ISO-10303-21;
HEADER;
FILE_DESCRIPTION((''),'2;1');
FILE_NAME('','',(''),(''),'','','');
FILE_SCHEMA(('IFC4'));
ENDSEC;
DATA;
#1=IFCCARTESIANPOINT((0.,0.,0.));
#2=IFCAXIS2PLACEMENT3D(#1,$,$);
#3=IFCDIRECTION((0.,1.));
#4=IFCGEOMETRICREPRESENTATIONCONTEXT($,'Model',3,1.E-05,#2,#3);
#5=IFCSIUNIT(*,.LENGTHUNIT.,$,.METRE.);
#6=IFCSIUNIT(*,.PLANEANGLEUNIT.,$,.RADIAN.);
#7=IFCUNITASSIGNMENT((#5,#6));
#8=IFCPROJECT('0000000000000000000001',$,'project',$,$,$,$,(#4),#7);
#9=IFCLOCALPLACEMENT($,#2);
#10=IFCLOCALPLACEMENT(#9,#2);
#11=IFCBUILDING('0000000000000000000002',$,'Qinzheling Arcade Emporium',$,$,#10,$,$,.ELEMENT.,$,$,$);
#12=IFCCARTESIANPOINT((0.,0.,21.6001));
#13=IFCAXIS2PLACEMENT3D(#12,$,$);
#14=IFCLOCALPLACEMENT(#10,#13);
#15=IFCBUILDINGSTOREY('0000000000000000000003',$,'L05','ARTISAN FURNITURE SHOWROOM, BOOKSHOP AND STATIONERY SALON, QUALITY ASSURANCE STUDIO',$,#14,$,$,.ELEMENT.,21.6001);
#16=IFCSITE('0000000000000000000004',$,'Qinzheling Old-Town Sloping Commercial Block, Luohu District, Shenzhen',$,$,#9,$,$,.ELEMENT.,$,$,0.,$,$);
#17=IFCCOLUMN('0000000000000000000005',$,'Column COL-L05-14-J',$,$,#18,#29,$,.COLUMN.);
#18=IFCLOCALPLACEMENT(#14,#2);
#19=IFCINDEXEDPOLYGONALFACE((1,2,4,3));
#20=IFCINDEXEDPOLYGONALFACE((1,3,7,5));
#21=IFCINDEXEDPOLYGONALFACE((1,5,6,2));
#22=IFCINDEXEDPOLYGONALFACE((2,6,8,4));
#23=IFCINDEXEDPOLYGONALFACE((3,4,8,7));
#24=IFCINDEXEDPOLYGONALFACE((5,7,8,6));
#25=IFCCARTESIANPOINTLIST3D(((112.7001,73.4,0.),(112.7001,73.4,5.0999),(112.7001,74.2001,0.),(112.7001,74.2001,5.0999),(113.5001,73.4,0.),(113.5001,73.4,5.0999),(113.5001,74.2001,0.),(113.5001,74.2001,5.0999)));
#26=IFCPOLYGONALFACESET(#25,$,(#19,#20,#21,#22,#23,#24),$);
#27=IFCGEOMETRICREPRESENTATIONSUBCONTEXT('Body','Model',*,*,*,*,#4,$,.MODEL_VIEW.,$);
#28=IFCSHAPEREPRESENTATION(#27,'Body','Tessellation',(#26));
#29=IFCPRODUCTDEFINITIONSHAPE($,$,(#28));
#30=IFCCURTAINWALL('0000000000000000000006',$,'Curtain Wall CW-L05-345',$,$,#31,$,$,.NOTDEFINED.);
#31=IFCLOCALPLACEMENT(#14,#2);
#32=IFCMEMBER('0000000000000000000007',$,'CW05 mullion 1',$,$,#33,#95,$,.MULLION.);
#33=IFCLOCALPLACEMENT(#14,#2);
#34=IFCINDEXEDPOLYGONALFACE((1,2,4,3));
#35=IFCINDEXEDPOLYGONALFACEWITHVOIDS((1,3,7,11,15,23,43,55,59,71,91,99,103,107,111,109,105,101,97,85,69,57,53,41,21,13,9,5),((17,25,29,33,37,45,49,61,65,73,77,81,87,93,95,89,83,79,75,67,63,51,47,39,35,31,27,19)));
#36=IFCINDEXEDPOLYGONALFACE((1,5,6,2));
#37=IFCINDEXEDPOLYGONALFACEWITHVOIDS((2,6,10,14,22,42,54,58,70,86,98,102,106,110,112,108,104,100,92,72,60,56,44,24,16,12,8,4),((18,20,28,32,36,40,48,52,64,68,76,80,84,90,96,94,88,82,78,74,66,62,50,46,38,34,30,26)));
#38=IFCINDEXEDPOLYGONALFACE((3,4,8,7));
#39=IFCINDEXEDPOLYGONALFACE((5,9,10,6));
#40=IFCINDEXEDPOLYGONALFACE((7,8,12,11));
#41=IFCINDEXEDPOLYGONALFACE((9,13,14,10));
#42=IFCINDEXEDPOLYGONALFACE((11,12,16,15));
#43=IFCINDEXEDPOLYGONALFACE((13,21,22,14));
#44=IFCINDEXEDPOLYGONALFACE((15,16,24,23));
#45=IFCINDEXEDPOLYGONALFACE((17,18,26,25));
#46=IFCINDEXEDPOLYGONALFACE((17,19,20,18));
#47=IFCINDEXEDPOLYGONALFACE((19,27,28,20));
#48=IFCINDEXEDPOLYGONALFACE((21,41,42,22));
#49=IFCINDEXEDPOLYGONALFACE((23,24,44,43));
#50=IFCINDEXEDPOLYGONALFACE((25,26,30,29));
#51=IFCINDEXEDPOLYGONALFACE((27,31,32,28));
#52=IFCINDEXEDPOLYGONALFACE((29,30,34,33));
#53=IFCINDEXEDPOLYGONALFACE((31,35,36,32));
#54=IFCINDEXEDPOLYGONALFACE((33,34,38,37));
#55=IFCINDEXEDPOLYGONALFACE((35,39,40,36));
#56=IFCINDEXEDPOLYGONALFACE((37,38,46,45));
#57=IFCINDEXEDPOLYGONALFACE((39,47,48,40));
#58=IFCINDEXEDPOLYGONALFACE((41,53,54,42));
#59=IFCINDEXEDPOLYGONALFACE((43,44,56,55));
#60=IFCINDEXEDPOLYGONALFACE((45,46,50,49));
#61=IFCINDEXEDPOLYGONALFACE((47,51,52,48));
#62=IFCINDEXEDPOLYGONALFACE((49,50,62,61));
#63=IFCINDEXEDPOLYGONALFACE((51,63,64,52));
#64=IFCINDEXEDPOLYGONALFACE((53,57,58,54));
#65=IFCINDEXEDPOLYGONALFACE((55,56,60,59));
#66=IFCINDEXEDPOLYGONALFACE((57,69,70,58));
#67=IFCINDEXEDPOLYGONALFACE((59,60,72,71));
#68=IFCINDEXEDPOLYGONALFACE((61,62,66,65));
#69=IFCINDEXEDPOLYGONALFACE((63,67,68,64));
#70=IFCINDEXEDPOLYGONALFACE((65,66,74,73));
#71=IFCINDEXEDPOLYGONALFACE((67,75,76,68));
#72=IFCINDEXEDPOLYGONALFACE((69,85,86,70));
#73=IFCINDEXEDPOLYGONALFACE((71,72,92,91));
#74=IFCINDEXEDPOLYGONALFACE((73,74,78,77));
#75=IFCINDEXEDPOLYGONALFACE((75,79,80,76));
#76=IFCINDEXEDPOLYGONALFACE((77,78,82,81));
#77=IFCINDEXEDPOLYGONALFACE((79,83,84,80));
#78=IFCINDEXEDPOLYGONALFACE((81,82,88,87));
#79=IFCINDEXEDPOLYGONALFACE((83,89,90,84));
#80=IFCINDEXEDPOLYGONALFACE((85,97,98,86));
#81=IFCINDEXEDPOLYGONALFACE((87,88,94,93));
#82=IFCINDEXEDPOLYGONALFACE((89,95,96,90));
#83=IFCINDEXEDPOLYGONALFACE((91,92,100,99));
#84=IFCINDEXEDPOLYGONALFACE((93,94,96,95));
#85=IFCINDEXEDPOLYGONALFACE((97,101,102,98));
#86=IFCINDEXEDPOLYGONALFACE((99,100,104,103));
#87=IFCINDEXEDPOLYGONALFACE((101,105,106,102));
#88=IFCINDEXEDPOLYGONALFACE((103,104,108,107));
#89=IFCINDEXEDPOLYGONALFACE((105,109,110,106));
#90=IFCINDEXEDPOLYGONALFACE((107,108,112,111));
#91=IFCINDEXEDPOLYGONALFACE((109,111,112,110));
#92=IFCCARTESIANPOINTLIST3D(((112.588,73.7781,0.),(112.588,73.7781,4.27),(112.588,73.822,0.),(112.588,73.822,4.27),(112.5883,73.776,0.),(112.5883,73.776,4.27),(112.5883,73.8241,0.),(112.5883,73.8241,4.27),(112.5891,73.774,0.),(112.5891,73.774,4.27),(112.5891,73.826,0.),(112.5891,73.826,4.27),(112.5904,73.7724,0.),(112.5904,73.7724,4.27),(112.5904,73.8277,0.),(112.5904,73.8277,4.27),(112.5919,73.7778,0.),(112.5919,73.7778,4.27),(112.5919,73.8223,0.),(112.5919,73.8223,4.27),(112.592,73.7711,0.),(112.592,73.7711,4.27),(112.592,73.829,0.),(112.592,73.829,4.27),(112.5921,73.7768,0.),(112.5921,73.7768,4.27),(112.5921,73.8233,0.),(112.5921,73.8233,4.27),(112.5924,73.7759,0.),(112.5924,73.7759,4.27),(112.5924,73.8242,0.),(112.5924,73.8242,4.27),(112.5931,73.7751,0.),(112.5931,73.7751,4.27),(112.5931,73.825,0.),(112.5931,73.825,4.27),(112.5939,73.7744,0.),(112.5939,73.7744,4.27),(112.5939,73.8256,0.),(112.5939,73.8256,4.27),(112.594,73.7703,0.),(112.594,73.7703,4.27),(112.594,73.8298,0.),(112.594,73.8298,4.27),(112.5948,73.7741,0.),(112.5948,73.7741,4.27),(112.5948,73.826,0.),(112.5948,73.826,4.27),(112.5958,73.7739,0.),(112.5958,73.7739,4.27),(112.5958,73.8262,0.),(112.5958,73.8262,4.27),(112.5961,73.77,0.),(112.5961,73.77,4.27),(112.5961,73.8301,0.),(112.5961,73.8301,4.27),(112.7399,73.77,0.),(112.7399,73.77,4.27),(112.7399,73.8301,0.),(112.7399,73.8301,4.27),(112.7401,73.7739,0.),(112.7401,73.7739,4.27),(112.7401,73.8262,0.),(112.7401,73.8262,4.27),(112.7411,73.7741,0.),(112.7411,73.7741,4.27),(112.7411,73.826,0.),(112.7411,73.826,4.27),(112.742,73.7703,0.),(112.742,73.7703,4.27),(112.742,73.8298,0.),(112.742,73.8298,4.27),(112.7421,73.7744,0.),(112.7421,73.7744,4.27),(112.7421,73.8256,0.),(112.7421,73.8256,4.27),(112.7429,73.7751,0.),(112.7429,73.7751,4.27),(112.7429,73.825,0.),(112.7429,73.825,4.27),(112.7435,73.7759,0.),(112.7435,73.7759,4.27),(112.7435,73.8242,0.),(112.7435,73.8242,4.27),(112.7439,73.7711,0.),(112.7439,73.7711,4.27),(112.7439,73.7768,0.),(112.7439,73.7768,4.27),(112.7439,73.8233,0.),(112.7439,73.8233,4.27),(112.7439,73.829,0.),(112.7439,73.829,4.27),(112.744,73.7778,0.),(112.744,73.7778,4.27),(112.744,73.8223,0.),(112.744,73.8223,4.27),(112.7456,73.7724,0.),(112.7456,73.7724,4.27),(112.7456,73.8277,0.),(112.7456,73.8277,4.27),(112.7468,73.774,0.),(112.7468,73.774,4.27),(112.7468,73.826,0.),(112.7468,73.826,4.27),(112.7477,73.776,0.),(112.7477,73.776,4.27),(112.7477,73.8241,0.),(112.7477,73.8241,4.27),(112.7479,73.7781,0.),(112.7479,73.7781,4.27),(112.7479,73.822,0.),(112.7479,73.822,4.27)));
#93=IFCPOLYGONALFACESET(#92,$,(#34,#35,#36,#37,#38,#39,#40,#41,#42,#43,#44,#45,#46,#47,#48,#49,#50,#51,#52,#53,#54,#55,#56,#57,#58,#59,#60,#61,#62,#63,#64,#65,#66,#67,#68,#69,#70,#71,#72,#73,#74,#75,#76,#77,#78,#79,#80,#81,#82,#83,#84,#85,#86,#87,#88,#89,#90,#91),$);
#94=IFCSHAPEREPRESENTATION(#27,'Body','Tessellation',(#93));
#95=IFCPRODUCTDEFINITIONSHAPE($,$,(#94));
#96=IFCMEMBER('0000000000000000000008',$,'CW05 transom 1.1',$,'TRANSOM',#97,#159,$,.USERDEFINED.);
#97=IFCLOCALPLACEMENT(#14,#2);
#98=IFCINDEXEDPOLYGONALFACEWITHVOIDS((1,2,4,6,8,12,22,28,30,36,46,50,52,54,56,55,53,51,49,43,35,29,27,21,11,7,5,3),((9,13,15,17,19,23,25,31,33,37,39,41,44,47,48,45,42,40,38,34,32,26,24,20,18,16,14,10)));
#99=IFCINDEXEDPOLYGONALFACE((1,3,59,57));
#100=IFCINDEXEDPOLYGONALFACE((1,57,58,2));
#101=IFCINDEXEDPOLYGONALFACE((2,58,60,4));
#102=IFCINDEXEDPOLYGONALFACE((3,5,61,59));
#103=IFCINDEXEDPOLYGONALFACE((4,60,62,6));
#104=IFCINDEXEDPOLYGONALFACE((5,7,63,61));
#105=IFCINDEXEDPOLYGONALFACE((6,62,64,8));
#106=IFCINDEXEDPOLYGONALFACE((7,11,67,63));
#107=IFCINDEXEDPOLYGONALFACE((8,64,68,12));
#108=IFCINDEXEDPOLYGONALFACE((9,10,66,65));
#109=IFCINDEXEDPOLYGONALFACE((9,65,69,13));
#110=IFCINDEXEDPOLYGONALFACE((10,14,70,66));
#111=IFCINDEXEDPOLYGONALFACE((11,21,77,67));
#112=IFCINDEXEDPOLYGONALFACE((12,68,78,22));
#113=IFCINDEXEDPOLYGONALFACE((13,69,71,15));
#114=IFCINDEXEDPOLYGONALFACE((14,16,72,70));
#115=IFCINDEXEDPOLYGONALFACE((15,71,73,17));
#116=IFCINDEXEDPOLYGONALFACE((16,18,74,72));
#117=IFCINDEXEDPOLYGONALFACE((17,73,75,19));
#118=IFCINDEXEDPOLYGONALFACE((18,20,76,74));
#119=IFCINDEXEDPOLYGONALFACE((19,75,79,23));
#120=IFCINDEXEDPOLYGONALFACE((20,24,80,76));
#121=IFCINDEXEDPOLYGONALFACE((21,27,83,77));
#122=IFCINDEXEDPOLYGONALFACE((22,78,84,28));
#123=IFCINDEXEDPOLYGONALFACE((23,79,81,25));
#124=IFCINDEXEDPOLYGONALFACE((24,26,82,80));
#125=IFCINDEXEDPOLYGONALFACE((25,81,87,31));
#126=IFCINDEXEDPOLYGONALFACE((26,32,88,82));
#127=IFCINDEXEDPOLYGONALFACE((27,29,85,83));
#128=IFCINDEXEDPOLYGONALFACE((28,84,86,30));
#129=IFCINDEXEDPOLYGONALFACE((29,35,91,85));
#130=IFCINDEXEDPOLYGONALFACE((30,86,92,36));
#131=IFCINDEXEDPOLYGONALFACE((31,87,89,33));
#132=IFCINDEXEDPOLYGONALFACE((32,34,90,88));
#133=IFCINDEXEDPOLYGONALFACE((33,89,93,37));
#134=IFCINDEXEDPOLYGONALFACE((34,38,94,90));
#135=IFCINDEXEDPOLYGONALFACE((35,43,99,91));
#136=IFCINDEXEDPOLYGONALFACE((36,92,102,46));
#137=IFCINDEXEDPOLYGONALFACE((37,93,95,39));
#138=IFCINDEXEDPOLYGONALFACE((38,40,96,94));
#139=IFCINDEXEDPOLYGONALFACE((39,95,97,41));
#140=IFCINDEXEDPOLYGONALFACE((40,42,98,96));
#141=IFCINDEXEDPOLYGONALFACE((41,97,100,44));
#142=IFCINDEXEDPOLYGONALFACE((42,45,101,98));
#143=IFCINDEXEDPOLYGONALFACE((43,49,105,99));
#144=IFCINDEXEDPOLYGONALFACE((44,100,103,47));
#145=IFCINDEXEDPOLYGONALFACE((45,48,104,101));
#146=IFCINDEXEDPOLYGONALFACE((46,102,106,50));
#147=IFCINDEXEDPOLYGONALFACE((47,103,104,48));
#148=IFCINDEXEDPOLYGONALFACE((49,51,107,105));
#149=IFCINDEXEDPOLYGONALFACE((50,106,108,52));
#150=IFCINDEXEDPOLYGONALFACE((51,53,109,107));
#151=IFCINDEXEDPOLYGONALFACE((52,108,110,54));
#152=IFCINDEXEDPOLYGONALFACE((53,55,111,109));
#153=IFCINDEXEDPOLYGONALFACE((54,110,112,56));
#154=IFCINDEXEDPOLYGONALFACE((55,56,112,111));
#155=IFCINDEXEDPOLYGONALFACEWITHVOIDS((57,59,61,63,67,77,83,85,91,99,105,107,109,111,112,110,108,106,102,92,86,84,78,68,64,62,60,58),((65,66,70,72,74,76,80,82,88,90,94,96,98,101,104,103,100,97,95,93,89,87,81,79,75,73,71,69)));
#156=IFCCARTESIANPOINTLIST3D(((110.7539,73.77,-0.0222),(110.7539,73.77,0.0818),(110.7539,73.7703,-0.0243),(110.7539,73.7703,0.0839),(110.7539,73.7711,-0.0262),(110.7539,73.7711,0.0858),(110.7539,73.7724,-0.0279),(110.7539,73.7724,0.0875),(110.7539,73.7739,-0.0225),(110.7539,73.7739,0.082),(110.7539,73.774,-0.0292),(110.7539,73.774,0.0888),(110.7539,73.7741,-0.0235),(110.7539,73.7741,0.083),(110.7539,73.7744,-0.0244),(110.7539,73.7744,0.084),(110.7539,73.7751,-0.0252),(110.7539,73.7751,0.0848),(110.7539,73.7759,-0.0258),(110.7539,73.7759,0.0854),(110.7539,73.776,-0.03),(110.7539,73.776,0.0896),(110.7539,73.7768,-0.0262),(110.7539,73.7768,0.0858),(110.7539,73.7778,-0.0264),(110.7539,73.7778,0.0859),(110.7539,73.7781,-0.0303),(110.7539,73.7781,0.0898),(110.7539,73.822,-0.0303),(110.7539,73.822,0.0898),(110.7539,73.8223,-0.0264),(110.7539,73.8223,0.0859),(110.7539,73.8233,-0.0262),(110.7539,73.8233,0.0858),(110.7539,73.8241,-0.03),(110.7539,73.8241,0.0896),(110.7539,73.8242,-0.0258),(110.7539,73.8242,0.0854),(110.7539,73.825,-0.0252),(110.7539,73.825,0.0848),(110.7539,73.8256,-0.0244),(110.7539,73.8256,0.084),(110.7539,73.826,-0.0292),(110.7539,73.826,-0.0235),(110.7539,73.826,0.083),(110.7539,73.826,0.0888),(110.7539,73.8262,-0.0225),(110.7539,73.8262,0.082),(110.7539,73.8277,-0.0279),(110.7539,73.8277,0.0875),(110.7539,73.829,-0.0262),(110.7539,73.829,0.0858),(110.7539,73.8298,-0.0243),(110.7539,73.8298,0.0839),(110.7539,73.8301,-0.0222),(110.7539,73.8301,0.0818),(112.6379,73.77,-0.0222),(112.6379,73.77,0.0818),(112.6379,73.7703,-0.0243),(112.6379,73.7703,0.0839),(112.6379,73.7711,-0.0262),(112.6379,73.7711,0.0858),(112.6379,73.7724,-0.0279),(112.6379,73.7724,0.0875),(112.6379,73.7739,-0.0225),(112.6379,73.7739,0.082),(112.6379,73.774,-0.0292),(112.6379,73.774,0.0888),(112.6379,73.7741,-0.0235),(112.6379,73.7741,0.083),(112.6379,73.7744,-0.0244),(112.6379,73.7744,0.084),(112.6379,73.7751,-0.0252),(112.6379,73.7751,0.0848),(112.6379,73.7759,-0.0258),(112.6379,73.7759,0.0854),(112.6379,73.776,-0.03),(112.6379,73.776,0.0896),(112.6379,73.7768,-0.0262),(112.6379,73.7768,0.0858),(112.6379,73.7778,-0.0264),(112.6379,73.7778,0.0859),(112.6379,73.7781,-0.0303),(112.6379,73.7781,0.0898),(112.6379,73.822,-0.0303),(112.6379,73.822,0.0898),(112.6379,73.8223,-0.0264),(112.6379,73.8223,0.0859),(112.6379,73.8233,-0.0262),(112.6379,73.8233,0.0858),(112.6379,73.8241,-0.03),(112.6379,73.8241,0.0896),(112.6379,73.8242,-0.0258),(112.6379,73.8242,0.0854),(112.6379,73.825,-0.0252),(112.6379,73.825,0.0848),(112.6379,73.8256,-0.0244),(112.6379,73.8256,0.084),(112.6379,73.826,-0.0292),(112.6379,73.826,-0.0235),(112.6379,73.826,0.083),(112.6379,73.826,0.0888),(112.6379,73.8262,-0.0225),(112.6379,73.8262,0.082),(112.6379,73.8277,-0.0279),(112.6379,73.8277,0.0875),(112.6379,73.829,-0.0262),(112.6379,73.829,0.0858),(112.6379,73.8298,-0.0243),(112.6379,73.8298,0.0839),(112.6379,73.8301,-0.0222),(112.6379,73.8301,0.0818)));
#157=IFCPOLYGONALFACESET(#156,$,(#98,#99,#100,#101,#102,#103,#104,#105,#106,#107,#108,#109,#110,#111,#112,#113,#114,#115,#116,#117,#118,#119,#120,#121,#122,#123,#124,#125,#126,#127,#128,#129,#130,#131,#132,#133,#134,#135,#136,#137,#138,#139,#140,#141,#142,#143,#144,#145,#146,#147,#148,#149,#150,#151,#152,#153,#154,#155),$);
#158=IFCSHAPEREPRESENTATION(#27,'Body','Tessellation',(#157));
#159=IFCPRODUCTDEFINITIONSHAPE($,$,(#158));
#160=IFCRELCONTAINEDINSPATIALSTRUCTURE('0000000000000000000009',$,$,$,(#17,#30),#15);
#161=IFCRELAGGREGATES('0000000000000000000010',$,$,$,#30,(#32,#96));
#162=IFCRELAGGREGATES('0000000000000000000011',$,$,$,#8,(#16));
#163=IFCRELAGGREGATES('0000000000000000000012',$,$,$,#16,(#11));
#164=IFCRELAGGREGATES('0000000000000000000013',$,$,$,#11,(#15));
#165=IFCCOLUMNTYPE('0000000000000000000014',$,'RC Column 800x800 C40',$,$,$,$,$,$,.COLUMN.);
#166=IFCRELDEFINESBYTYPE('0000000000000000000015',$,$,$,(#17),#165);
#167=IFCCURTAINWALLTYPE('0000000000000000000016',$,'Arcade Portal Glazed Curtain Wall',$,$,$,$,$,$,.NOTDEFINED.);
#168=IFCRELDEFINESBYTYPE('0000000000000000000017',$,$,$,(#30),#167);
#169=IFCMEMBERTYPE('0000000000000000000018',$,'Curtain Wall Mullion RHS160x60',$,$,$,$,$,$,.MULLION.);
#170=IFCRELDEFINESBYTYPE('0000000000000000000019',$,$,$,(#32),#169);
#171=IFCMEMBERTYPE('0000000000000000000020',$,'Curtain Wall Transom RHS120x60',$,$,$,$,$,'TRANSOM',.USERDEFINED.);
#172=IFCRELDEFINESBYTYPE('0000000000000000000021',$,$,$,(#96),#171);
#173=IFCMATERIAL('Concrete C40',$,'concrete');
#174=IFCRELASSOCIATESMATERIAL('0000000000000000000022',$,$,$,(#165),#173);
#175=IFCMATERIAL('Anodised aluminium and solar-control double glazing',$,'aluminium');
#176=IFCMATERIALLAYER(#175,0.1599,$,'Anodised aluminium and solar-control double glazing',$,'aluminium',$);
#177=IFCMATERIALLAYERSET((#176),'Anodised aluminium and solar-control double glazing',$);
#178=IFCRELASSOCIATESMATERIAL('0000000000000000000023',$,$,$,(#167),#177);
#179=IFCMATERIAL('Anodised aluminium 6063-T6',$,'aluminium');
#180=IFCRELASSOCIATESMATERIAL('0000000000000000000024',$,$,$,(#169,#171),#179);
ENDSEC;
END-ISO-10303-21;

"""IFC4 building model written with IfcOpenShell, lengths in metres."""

from ifc_helpers import new_model, si_unit, direction, frame, origin, origin_2d, place, context, subcontext, project, spatial, rectangle, hollow_rectangle, extrude, material, layer, layer_set, material_profile, profile_set, type_object, element, aggregate, save


model = new_model("IFC4")

# Units and contexts
model_context = context("Model", 3, precision=1e-05, world=origin(), true_north=direction((0.0, 1.0)))
body_context = subcontext(model_context, "Body", "Model", "MODEL_VIEW")
ifc_project = project(units=[si_unit("LENGTHUNIT", "METRE"), si_unit("PLANEANGLEUNIT", "RADIAN")], contexts=[model_context])

# Site, building, storey
site_placement = place(None, origin())
site = spatial("IfcSite", under=ifc_project, at=site_placement, Name="Qinzheling Old-Town Sloping Commercial Block, Luohu District, Shenzhen", CompositionType="ELEMENT", RefElevation=0.0)
building_placement = place(site_placement, origin())
building = spatial("IfcBuilding", under=site, at=building_placement, Name="Qinzheling Arcade Emporium", CompositionType="ELEMENT")
storey_placement = place(building_placement, frame((0.0, 0.0, 21.6001)))
storey = spatial("IfcBuildingStorey", under=building, at=storey_placement, Name="L05", Description="ARTISAN FURNITURE SHOWROOM, BOOKSHOP AND STATIONERY SALON, QUALITY ASSURANCE STUDIO", CompositionType="ELEMENT", Elevation=21.6001)

# Column
ifc_material_1 = material(Name="Concrete C40", Category="concrete")
ifc_material_profile_1 = material_profile(ifc_material_1, rectangle(XDim=0.8, YDim=0.8, at=origin_2d()), Name="RC 800x800", Category="concrete")
ifc_profile_set_1 = profile_set([ifc_material_profile_1], Name="Concrete C40")
column_type = type_object("IfcColumnType", Name="RC Column 800x800 C40", PredefinedType="COLUMN", material=ifc_profile_set_1)
column_placement = place(storey_placement, frame((113.1001, 73.8, 0.0), z_axis=(0.0, 0.0, 1.0), x_axis=(1.0, 0.0, 0.0)))
element("IfcColumn", 1, at=column_placement, inside=storey, type_object=column_type, Name="Column COL-L05-14-J", PredefinedType="COLUMN", context=body_context, shape_type="SweptSolid", body=[
    extrude(rectangle(XDim=0.8, YDim=0.8, at=origin_2d()), origin(), (0.0, 0.0, 1.0), 5.0999),
])

# Curtain wall, members
ifc_material_2 = material(Name="Anodised aluminium and solar-control double glazing", Category="aluminium")
ifc_layer_1 = layer(ifc_material_2, 0.1599, Name="Anodised aluminium and solar-control double glazing", Category="aluminium")
ifc_layer_set_1 = layer_set([ifc_layer_1], Name="Anodised aluminium and solar-control double glazing")
curtain_wall_type = type_object("IfcCurtainWallType", Name="Arcade Portal Glazed Curtain Wall", PredefinedType="NOTDEFINED", material=ifc_layer_set_1)
curtain_wall_placement = place(storey_placement, origin())
curtain_wall = element("IfcCurtainWall", 2, at=curtain_wall_placement, inside=storey, type_object=curtain_wall_type, Name="Curtain Wall CW-L05-345", PredefinedType="NOTDEFINED")
ifc_material_3 = material(Name="Anodised aluminium 6063-T6", Category="aluminium")
ifc_material_profile_2 = material_profile(ifc_material_3, hollow_rectangle(XDim=0.0601, YDim=0.1599, WallThickness=0.0039, InnerFilletRadius=0.0039, OuterFilletRadius=0.0081, at=origin_2d()), Name="RHS 160x60x4", Category="aluminium")
ifc_profile_set_2 = profile_set([ifc_material_profile_2], Name="Anodised aluminium 6063-T6")
member_type_1 = type_object("IfcMemberType", Name="Curtain Wall Mullion RHS160x60", PredefinedType="MULLION", material=ifc_profile_set_2)
member_1_placement = place(storey_placement, frame((112.668, 73.8, 0.0), z_axis=(0.0, 0.0, 1.0), x_axis=(0.0, -1.0, 0.0)))
member_1 = element("IfcMember", 3, at=member_1_placement, type_object=member_type_1, Name="CW05 mullion 1", PredefinedType="MULLION", context=body_context, shape_type="SweptSolid", body=[
    extrude(hollow_rectangle(XDim=0.0601, YDim=0.1599, WallThickness=0.0039, InnerFilletRadius=0.0039, OuterFilletRadius=0.0081, at=origin_2d()), origin(), (0.0, 0.0, 1.0), 4.27),
])
ifc_material_profile_3 = material_profile(ifc_material_3, hollow_rectangle(XDim=0.0601, YDim=0.1201, WallThickness=0.0039, InnerFilletRadius=0.0039, OuterFilletRadius=0.0081, at=origin_2d()), Name="RHS 120x60x4", Category="aluminium")
ifc_profile_set_3 = profile_set([ifc_material_profile_3], Name="Anodised aluminium 6063-T6")
member_type_2 = type_object("IfcMemberType", Name="Curtain Wall Transom RHS120x60", ElementType="TRANSOM", PredefinedType="USERDEFINED", material=ifc_profile_set_3)
member_2_placement = place(storey_placement, frame((112.6379, 73.8, 0.0298), z_axis=(-1.0, 0.0, 0.0), x_axis=(0.0, -1.0, 0.0)))
member_2 = element("IfcMember", 4, at=member_2_placement, type_object=member_type_2, Name="CW05 transom 1.1", ObjectType="TRANSOM", PredefinedType="USERDEFINED", context=body_context, shape_type="SweptSolid", body=[
    extrude(hollow_rectangle(XDim=0.0601, YDim=0.1201, WallThickness=0.0039, InnerFilletRadius=0.0039, OuterFilletRadius=0.0081, at=origin_2d()), origin(), (0.0, 0.0, 1.0), 1.884),
])

aggregate(curtain_wall, [member_1, member_2])

save(model, "model.ifc")
